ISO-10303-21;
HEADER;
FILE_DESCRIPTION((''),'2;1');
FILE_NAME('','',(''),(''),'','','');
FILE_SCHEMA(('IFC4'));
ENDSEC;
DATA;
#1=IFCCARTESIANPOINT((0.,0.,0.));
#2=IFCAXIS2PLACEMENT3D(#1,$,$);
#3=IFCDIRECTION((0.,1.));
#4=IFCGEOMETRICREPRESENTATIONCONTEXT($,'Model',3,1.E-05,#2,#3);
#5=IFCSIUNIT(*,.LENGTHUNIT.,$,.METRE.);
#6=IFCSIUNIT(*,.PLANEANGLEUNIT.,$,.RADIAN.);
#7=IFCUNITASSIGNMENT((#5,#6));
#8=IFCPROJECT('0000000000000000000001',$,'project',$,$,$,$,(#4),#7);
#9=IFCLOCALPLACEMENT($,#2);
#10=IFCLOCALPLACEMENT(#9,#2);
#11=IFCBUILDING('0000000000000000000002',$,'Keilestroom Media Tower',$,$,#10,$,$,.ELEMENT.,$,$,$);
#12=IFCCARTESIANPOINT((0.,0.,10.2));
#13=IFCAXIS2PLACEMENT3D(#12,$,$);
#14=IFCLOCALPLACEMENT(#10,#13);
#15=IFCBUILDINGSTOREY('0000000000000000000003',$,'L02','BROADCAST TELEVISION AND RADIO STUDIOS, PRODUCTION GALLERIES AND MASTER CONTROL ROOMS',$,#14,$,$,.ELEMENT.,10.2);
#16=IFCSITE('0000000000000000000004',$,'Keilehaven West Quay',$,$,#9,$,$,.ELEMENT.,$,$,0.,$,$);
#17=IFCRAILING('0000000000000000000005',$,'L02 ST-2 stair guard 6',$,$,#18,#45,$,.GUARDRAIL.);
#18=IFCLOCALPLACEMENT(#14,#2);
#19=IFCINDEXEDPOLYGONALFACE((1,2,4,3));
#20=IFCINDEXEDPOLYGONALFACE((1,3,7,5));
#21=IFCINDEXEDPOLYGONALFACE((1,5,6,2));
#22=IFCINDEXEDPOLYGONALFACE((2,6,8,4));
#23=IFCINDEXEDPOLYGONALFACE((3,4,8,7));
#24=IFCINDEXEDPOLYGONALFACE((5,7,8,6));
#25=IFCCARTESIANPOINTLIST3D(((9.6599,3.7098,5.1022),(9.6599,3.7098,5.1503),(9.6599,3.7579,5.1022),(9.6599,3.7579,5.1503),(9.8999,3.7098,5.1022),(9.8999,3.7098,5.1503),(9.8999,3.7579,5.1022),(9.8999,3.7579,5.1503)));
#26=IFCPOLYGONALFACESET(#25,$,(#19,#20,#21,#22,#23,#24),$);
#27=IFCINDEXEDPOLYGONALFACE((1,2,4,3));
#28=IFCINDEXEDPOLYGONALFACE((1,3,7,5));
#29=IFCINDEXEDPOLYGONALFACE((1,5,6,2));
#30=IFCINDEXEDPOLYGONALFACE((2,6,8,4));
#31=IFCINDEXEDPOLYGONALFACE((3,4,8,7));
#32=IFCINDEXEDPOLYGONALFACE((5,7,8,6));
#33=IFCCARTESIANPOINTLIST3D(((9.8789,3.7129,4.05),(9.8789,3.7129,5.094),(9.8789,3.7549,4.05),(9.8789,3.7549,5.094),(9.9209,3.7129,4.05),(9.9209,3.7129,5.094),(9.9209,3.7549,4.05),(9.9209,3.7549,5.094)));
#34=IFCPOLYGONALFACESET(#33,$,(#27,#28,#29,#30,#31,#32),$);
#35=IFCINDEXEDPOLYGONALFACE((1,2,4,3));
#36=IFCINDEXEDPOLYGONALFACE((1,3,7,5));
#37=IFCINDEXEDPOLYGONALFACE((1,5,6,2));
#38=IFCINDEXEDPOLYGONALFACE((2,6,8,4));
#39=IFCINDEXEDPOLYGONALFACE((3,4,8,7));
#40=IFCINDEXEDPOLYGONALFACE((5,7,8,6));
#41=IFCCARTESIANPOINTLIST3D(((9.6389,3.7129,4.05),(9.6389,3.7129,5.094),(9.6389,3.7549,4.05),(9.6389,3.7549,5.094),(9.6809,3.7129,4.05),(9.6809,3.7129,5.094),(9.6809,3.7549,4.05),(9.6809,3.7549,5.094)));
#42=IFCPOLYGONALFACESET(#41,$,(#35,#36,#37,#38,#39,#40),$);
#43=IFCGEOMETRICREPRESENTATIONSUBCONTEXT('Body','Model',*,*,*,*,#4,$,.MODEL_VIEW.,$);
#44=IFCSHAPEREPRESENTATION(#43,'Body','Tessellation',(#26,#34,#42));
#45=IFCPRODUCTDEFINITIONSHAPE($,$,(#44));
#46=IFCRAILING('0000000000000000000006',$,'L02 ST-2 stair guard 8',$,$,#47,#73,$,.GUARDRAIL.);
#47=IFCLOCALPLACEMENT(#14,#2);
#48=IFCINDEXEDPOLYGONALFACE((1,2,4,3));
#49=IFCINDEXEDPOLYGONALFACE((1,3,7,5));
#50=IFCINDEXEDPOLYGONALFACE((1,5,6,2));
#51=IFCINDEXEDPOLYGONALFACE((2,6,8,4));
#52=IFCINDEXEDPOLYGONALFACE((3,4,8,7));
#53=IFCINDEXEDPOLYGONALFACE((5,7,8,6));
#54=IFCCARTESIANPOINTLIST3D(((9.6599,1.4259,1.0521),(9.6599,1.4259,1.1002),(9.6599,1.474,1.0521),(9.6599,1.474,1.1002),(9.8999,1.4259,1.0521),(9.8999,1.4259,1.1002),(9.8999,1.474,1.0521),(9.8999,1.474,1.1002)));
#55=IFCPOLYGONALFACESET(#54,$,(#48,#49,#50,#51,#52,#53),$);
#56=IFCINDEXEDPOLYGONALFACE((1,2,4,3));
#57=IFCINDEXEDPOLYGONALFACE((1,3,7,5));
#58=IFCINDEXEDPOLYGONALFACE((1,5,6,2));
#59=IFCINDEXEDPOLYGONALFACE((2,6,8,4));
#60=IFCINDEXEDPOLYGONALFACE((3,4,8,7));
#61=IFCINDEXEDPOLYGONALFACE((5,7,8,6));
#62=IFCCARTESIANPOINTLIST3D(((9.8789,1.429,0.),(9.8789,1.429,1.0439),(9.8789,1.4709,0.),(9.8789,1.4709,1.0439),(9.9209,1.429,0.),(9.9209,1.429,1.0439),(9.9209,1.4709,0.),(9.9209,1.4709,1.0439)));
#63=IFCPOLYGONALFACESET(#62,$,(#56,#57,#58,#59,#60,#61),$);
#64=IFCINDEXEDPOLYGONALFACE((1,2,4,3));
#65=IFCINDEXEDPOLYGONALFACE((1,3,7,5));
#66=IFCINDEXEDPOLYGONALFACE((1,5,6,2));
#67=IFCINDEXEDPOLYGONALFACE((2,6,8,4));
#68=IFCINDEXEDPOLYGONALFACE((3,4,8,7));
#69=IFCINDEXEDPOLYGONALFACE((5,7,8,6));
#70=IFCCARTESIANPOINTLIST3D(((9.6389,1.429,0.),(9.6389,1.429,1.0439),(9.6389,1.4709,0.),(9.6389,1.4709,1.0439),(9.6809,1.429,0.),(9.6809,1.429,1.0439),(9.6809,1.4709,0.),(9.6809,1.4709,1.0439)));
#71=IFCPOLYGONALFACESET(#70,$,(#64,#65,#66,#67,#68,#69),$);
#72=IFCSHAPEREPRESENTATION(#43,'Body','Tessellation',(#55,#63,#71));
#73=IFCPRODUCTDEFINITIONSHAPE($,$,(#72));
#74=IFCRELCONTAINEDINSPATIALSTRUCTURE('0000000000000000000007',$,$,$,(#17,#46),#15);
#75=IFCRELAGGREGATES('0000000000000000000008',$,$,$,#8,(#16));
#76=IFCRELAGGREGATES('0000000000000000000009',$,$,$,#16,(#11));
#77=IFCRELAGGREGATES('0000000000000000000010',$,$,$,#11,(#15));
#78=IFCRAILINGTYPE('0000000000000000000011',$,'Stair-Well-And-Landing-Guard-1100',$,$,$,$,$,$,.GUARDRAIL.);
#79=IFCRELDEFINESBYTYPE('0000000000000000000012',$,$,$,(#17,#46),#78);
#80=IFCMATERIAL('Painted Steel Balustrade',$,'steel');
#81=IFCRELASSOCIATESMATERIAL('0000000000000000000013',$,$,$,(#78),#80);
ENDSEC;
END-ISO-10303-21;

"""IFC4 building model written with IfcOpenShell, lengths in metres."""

from ifc_helpers import new_model, si_unit, direction, frame, origin, origin_2d, place, context, subcontext, project, spatial, rectangle, extrude, material, type_object, element, save


model = new_model("IFC4")

# Units and contexts
model_context = context("Model", 3, precision=1e-05, world=origin(), true_north=direction((0.0, 1.0)))
body_context = subcontext(model_context, "Body", "Model", "MODEL_VIEW")
ifc_project = project(units=[si_unit("LENGTHUNIT", "METRE"), si_unit("PLANEANGLEUNIT", "RADIAN")], contexts=[model_context])

# Site, building, storey
site_placement = place(None, origin())
site = spatial("IfcSite", under=ifc_project, at=site_placement, Name="Keilehaven West Quay", CompositionType="ELEMENT", RefElevation=0.0)
building_placement = place(site_placement, origin())
building = spatial("IfcBuilding", under=site, at=building_placement, Name="Keilestroom Media Tower", CompositionType="ELEMENT")
storey_placement = place(building_placement, frame((0.0, 0.0, 10.2)))
storey = spatial("IfcBuildingStorey", under=building, at=storey_placement, Name="L02", Description="BROADCAST TELEVISION AND RADIO STUDIOS, PRODUCTION GALLERIES AND MASTER CONTROL ROOMS", CompositionType="ELEMENT", Elevation=10.2)

# Railings
ifc_material_1 = material(Name="Painted Steel Balustrade", Category="steel")
railing_type_1 = type_object("IfcRailingType", Name="Stair-Well-And-Landing-Guard-1100", PredefinedType="GUARDRAIL", material=ifc_material_1)
for number, where, name in (
    (1, (9.8999, 3.7339, 4.05), "L02 ST-2 stair guard 6"),
    (2, (9.8999, 1.45, 0.0), "L02 ST-2 stair guard 8"),
):
    element("IfcRailing", number, at=place(storey_placement, frame(where)), inside=storey, type_object=railing_type_1, Name=name, PredefinedType="GUARDRAIL", context=body_context, shape_type="SweptSolid", body=[
        extrude(rectangle(XDim=0.0481, YDim=0.0481, at=origin_2d()), frame((0.0, 0.0, 1.0762), z_axis=(-1.0, 0.0, 0.0), x_axis=(0.0, -1.0, 0.0)), (0.0, 0.0, 1.0), 0.24),
        extrude(rectangle(XDim=0.042, YDim=0.042, at=origin_2d()), origin(), (0.0, 0.0, 1.0), 1.0439),
        extrude(rectangle(XDim=0.042, YDim=0.042, at=origin_2d()), frame((-0.24, 0.0, 0.0)), (0.0, 0.0, 1.0), 1.0439),
    ])

save(model, "model.ifc")
